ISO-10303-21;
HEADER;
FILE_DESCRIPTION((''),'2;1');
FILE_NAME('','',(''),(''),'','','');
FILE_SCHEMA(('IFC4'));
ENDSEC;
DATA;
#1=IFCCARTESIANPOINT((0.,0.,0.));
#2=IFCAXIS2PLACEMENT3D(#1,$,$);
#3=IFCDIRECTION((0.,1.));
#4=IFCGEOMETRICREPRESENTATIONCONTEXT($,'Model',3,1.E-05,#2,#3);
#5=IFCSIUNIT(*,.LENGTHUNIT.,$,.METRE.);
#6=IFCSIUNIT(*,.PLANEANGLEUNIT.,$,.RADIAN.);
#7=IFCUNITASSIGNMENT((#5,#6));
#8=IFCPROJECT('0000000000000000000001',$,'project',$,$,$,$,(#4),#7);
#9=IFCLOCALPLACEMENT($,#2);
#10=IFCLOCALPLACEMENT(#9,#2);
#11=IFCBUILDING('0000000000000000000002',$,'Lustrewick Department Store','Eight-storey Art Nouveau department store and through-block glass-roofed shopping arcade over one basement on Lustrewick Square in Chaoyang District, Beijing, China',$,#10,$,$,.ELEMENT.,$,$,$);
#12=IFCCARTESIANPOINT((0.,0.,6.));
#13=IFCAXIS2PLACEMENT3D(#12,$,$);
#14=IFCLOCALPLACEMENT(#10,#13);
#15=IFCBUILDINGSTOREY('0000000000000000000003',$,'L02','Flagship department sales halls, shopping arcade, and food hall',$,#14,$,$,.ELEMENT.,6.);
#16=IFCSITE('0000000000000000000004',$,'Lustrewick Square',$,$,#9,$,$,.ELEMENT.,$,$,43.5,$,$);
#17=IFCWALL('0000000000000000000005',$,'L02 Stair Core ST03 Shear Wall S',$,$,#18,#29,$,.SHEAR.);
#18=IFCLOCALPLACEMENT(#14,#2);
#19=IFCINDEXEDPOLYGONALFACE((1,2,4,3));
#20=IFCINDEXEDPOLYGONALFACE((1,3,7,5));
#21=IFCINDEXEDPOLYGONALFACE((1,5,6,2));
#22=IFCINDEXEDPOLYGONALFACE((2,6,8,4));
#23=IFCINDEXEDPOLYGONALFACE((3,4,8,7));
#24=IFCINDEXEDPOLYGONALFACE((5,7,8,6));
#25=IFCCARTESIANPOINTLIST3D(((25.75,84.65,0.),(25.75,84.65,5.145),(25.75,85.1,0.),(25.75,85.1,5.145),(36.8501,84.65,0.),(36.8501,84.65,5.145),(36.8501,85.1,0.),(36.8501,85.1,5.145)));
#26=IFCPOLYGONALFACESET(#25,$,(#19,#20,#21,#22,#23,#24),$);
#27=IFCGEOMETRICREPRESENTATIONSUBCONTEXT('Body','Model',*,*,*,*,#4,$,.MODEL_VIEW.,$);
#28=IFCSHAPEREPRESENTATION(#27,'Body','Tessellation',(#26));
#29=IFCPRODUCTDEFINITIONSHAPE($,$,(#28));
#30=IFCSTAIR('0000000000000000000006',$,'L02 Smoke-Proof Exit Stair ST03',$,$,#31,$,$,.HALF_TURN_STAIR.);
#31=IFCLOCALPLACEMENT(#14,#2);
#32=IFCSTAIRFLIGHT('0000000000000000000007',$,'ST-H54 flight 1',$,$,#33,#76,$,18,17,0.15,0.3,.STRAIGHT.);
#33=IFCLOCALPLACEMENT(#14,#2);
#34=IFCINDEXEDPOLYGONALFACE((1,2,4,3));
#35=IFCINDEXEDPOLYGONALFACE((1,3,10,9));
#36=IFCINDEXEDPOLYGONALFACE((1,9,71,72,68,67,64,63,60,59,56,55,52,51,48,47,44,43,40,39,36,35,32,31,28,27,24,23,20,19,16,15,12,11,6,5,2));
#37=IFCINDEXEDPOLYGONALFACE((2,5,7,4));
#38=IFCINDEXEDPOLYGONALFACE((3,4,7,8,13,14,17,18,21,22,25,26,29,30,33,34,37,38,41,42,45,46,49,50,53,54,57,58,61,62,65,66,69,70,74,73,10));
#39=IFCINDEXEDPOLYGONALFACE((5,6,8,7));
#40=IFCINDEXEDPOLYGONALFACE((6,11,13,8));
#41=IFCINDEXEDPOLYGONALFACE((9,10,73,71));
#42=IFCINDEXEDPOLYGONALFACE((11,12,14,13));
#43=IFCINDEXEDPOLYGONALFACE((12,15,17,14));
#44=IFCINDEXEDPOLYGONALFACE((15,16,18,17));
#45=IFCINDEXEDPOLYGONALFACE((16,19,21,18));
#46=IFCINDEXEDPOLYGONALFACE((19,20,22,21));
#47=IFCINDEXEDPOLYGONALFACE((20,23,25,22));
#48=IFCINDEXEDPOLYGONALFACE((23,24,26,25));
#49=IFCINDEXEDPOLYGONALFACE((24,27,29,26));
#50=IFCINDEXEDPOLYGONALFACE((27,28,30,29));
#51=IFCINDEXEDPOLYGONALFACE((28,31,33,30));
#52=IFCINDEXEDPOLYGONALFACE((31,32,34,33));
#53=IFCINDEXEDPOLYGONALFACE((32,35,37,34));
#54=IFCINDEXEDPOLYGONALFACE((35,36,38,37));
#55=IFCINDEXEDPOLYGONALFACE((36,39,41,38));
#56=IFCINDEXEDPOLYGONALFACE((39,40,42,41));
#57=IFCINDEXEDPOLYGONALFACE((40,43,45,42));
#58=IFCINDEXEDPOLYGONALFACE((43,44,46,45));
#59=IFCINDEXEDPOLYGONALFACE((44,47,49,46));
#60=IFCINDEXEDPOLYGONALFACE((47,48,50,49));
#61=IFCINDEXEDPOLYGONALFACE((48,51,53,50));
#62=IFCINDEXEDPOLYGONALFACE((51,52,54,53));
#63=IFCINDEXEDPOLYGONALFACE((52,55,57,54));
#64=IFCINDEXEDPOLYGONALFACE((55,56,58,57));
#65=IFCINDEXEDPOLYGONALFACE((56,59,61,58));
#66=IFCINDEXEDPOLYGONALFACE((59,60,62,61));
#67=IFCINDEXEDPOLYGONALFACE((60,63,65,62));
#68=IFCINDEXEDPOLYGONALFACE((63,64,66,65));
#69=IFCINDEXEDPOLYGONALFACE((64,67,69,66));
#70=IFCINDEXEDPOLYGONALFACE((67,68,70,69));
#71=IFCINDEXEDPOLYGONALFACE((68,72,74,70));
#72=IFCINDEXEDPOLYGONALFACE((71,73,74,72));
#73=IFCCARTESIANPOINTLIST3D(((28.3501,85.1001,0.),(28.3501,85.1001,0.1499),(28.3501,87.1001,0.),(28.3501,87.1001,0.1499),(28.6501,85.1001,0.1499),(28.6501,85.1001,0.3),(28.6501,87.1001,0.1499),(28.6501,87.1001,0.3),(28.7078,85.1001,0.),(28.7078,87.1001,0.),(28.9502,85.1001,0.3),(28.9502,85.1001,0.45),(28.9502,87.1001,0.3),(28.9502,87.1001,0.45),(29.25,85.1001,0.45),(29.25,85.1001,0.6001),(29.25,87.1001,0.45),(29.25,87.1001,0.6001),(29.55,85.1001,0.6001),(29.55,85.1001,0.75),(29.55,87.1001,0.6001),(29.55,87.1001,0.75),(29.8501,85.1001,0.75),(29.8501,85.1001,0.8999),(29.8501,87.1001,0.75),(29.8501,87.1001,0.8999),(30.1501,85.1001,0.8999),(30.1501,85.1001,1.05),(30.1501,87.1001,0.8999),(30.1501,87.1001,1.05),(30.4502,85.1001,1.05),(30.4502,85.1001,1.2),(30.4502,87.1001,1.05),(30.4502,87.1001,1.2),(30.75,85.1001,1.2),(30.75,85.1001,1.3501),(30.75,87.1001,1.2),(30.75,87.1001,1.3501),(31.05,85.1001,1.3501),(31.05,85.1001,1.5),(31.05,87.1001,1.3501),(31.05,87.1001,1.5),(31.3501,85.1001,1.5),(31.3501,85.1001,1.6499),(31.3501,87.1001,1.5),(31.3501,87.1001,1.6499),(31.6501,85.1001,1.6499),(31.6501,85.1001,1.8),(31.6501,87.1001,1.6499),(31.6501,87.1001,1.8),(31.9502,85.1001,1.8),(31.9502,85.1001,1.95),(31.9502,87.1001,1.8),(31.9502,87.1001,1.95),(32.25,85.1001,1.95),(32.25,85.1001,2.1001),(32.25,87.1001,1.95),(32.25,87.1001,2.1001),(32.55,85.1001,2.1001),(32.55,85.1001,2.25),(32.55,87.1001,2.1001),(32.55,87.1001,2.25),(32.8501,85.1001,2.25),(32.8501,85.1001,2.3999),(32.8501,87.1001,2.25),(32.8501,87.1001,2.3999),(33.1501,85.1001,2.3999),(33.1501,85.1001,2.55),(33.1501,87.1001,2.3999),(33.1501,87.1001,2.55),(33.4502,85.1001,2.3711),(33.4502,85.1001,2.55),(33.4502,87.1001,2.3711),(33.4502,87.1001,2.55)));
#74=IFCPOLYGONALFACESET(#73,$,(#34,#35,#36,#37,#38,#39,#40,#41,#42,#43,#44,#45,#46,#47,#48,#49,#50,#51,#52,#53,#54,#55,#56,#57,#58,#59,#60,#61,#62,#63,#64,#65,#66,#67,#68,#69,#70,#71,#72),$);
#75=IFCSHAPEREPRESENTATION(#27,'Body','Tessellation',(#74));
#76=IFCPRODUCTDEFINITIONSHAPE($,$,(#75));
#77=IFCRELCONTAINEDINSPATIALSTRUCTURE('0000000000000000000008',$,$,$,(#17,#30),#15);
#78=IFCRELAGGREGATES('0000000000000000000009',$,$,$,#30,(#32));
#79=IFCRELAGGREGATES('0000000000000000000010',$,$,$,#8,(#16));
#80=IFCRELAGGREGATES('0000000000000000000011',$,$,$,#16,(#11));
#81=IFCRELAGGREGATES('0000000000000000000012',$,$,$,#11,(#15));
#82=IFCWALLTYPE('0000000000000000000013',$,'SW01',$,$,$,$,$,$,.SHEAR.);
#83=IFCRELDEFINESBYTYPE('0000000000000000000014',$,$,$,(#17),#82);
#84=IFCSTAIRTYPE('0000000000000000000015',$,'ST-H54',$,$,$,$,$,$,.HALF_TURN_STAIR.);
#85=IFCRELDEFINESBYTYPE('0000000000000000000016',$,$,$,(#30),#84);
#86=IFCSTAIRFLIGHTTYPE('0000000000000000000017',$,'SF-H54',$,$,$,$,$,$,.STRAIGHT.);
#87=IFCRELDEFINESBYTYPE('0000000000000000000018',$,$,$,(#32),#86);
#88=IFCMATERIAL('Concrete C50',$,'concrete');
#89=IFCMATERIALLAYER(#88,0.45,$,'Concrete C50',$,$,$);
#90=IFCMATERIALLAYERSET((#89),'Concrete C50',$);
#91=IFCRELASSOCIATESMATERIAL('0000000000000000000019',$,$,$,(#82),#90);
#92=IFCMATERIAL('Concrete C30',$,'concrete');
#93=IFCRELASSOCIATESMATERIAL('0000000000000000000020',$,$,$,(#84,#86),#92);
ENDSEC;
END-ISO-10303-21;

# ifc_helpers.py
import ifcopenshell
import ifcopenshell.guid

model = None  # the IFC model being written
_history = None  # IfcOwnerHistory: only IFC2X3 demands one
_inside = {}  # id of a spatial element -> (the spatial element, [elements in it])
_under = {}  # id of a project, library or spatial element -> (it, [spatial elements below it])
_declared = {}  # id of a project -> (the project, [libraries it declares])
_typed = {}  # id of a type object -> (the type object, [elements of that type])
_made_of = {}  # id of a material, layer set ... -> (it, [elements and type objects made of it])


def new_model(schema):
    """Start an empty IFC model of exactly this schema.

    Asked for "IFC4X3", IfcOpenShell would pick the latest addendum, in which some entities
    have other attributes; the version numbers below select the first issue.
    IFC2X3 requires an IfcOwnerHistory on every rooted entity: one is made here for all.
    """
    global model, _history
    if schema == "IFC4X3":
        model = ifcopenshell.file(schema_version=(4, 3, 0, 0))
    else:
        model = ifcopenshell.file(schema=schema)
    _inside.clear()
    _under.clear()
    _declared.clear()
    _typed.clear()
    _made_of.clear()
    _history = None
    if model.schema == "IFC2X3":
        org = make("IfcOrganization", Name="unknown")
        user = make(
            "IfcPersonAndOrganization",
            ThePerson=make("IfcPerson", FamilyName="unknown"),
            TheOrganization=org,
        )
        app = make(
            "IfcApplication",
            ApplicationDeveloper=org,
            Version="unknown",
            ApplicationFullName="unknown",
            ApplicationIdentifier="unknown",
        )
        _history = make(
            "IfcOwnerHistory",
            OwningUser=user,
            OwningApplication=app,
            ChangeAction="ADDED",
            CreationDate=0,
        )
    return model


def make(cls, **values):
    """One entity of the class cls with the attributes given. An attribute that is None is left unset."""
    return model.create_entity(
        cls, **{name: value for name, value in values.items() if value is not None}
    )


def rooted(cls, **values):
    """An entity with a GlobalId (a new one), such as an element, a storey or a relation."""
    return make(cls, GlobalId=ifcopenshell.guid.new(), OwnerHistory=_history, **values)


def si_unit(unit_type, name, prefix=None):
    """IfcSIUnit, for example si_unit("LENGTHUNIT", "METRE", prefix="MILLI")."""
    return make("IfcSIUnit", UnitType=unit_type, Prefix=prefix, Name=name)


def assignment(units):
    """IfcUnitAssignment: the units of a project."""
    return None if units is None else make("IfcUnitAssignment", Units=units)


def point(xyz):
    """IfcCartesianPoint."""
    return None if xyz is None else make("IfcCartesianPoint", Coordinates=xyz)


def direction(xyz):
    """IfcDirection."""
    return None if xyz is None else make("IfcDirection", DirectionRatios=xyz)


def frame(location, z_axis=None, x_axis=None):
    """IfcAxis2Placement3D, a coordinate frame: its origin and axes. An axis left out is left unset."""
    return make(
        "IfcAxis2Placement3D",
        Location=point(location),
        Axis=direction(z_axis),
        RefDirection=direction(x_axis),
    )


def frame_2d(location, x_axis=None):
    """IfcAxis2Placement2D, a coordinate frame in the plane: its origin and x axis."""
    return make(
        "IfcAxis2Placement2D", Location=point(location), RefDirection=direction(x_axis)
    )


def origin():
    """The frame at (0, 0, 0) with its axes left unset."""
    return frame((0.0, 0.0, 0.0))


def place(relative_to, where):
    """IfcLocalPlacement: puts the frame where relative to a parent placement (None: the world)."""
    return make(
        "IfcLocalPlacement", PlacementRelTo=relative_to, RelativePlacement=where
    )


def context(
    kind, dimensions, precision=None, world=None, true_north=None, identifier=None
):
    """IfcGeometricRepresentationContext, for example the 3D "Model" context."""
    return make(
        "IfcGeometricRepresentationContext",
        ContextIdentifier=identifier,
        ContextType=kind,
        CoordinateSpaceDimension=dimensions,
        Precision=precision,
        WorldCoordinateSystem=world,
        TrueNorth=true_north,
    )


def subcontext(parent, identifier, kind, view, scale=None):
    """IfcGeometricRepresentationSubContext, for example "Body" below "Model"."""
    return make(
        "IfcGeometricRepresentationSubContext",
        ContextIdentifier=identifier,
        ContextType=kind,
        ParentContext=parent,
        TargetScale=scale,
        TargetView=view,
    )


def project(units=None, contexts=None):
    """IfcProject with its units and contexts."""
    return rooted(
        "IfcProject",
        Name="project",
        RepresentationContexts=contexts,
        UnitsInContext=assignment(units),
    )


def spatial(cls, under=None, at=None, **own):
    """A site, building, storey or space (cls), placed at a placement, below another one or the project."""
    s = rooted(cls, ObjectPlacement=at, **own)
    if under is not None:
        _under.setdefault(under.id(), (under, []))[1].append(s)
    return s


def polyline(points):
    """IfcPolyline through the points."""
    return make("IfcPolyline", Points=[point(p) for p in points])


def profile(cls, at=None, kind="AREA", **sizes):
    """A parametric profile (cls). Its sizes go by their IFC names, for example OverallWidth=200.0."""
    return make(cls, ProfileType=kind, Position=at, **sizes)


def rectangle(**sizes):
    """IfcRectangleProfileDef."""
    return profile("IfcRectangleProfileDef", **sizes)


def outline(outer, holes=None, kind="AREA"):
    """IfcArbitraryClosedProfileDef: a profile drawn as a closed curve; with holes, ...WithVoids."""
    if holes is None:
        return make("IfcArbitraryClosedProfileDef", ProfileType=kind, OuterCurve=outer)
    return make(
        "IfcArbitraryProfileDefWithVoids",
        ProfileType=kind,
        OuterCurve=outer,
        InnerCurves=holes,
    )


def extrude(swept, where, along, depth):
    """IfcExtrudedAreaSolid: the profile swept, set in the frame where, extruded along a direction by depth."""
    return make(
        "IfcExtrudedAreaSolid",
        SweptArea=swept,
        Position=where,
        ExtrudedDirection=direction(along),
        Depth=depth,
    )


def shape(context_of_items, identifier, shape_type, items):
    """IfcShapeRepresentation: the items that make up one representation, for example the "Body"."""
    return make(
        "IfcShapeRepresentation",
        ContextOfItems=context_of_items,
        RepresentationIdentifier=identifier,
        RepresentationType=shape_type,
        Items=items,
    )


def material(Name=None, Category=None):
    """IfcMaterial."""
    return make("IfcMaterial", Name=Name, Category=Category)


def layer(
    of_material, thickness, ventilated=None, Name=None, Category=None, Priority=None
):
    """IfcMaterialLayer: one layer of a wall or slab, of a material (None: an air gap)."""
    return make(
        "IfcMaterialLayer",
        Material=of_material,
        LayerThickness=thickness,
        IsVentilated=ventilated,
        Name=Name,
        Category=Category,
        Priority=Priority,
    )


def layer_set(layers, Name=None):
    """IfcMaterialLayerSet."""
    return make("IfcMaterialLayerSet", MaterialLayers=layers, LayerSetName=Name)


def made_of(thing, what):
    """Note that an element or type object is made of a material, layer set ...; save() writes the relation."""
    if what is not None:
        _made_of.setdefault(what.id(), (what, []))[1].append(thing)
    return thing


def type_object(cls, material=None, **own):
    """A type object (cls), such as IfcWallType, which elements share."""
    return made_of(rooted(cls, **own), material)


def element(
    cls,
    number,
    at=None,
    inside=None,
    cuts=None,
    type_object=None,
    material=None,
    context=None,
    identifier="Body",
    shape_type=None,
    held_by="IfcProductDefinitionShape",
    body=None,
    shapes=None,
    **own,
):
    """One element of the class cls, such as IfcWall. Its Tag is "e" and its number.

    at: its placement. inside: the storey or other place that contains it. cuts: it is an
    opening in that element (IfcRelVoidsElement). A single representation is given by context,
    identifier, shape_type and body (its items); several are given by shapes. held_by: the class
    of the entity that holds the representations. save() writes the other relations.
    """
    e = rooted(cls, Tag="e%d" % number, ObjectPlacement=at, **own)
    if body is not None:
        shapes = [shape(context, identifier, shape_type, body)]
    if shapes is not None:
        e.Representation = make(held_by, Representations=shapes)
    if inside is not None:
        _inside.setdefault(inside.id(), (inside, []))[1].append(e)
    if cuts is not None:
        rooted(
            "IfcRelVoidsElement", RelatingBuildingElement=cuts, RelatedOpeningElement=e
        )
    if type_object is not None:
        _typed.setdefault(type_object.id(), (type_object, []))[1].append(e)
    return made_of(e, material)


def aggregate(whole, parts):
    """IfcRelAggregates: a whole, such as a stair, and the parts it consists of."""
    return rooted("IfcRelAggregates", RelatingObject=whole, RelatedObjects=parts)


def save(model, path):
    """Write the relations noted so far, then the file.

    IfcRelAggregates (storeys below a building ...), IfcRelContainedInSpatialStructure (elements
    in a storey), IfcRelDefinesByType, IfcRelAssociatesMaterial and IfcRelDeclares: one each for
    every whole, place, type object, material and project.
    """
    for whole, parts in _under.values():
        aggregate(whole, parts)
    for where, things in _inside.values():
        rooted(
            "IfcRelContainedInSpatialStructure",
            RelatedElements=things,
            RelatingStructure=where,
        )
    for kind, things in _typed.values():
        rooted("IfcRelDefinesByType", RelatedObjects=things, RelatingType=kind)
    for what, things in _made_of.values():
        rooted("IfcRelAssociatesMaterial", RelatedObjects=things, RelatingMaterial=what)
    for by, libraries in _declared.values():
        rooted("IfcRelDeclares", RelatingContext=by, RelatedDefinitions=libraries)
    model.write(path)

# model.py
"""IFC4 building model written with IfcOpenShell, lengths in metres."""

from ifc_helpers import new_model, si_unit, direction, frame, frame_2d, origin, place, context, subcontext, project, spatial, polyline, rectangle, outline, extrude, material, layer, layer_set, type_object, element, aggregate, save


model = new_model("IFC4")

# Units and contexts
model_context = context("Model", 3, precision=1e-05, world=origin(), true_north=direction((0.0, 1.0)))
body_context = subcontext(model_context, "Body", "Model", "MODEL_VIEW")
ifc_project = project(units=[si_unit("LENGTHUNIT", "METRE"), si_unit("PLANEANGLEUNIT", "RADIAN")], contexts=[model_context])

# Site, building, storey
site_placement = place(None, origin())
site = spatial("IfcSite", under=ifc_project, at=site_placement, Name="Lustrewick Square", CompositionType="ELEMENT", RefElevation=43.5)
building_placement = place(site_placement, origin())
building = spatial("IfcBuilding", under=site, at=building_placement, Name="Lustrewick Department Store", Description="Eight-storey Art Nouveau department store and through-block glass-roofed shopping arcade over one basement on Lustrewick Square in Chaoyang District, Beijing, China", CompositionType="ELEMENT")
storey_placement = place(building_placement, frame((0.0, 0.0, 6.0)))
storey = spatial("IfcBuildingStorey", under=building, at=storey_placement, Name="L02", Description="Flagship department sales halls, shopping arcade, and food hall", CompositionType="ELEMENT", Elevation=6.0)

# Wall
ifc_material_1 = material(Name="Concrete C50", Category="concrete")
ifc_layer_1 = layer(ifc_material_1, 0.45, Name="Concrete C50")
ifc_layer_set_1 = layer_set([ifc_layer_1], Name="Concrete C50")
wall_type = type_object("IfcWallType", Name="SW01", PredefinedType="SHEAR", material=ifc_layer_set_1)
wall_1_placement = place(storey_placement, frame((25.75, 84.875, 0.0), z_axis=(0.0, 0.0, 1.0), x_axis=(1.0, 0.0, 0.0)))
element("IfcWall", 1, at=wall_1_placement, inside=storey, type_object=wall_type, Name="L02 Stair Core ST03 Shear Wall S", PredefinedType="SHEAR", context=body_context, shape_type="SweptSolid", body=[
    extrude(rectangle(XDim=11.1001, YDim=0.45, at=frame_2d((5.55, 0.0))), origin(), (0.0, 0.0, 1.0), 5.145),
])

# Stair, stair flight
ifc_material_2 = material(Name="Concrete C30", Category="concrete")
stair_type = type_object("IfcStairType", Name="ST-H54", PredefinedType="HALF_TURN_STAIR", material=ifc_material_2)
stair_placement = place(storey_placement, origin())
stair = element("IfcStair", 2, at=stair_placement, inside=storey, type_object=stair_type, Name="L02 Smoke-Proof Exit Stair ST03", PredefinedType="HALF_TURN_STAIR")
stair_flight_type = type_object("IfcStairFlightType", Name="SF-H54", PredefinedType="STRAIGHT", material=ifc_material_2)
stair_flight_placement = place(storey_placement, frame((28.3501, 86.1001, 0.0), z_axis=(0.0, 0.0, 1.0), x_axis=(1.0, 0.0, 0.0)))
stair_flight = element("IfcStairFlight", 3, at=stair_flight_placement, type_object=stair_flight_type, Name="ST-H54 flight 1", NumberOfRisers=18, NumberOfTreads=17, PredefinedType="STRAIGHT", RiserHeight=0.15, TreadLength=0.3, context=body_context, shape_type="SweptSolid", body=[
    extrude(outline(polyline([(0.0, 0.0), (0.0, 0.1499), (0.3, 0.1499), (0.3, 0.3), (0.6001, 0.3), (0.6001, 0.45), (0.8999, 0.45), (0.8999, 0.6001), (1.2, 0.6001), (1.2, 0.75), (1.5, 0.75), (1.5, 0.8999), (1.8, 0.8999), (1.8, 1.05), (2.1001, 1.05), (2.1001, 1.2), (2.3999, 1.2), (2.3999, 1.3501), (2.7, 1.3501), (2.7, 1.5), (3.0, 1.5), (3.0, 1.6499), (3.3, 1.6499), (3.3, 1.8), (3.6001, 1.8), (3.6001, 1.95), (3.8999, 1.95), (3.8999, 2.1001), (4.2, 2.1001), (4.2, 2.25), (4.5, 2.25), (4.5, 2.3999), (4.8, 2.3999), (4.8, 2.55), (5.1001, 2.55), (5.1001, 2.7), (5.1001, 2.3711), (0.3577, 0.0), (0.0, 0.0)])), frame((0.0, 1.0, 0.0), z_axis=(0.0, -1.0, 0.0), x_axis=(1.0, 0.0, 0.0)), (0.0, 0.0, 1.0), 2.0),
])
aggregate(stair, [stair_flight])

save(model, "model.ifc")
